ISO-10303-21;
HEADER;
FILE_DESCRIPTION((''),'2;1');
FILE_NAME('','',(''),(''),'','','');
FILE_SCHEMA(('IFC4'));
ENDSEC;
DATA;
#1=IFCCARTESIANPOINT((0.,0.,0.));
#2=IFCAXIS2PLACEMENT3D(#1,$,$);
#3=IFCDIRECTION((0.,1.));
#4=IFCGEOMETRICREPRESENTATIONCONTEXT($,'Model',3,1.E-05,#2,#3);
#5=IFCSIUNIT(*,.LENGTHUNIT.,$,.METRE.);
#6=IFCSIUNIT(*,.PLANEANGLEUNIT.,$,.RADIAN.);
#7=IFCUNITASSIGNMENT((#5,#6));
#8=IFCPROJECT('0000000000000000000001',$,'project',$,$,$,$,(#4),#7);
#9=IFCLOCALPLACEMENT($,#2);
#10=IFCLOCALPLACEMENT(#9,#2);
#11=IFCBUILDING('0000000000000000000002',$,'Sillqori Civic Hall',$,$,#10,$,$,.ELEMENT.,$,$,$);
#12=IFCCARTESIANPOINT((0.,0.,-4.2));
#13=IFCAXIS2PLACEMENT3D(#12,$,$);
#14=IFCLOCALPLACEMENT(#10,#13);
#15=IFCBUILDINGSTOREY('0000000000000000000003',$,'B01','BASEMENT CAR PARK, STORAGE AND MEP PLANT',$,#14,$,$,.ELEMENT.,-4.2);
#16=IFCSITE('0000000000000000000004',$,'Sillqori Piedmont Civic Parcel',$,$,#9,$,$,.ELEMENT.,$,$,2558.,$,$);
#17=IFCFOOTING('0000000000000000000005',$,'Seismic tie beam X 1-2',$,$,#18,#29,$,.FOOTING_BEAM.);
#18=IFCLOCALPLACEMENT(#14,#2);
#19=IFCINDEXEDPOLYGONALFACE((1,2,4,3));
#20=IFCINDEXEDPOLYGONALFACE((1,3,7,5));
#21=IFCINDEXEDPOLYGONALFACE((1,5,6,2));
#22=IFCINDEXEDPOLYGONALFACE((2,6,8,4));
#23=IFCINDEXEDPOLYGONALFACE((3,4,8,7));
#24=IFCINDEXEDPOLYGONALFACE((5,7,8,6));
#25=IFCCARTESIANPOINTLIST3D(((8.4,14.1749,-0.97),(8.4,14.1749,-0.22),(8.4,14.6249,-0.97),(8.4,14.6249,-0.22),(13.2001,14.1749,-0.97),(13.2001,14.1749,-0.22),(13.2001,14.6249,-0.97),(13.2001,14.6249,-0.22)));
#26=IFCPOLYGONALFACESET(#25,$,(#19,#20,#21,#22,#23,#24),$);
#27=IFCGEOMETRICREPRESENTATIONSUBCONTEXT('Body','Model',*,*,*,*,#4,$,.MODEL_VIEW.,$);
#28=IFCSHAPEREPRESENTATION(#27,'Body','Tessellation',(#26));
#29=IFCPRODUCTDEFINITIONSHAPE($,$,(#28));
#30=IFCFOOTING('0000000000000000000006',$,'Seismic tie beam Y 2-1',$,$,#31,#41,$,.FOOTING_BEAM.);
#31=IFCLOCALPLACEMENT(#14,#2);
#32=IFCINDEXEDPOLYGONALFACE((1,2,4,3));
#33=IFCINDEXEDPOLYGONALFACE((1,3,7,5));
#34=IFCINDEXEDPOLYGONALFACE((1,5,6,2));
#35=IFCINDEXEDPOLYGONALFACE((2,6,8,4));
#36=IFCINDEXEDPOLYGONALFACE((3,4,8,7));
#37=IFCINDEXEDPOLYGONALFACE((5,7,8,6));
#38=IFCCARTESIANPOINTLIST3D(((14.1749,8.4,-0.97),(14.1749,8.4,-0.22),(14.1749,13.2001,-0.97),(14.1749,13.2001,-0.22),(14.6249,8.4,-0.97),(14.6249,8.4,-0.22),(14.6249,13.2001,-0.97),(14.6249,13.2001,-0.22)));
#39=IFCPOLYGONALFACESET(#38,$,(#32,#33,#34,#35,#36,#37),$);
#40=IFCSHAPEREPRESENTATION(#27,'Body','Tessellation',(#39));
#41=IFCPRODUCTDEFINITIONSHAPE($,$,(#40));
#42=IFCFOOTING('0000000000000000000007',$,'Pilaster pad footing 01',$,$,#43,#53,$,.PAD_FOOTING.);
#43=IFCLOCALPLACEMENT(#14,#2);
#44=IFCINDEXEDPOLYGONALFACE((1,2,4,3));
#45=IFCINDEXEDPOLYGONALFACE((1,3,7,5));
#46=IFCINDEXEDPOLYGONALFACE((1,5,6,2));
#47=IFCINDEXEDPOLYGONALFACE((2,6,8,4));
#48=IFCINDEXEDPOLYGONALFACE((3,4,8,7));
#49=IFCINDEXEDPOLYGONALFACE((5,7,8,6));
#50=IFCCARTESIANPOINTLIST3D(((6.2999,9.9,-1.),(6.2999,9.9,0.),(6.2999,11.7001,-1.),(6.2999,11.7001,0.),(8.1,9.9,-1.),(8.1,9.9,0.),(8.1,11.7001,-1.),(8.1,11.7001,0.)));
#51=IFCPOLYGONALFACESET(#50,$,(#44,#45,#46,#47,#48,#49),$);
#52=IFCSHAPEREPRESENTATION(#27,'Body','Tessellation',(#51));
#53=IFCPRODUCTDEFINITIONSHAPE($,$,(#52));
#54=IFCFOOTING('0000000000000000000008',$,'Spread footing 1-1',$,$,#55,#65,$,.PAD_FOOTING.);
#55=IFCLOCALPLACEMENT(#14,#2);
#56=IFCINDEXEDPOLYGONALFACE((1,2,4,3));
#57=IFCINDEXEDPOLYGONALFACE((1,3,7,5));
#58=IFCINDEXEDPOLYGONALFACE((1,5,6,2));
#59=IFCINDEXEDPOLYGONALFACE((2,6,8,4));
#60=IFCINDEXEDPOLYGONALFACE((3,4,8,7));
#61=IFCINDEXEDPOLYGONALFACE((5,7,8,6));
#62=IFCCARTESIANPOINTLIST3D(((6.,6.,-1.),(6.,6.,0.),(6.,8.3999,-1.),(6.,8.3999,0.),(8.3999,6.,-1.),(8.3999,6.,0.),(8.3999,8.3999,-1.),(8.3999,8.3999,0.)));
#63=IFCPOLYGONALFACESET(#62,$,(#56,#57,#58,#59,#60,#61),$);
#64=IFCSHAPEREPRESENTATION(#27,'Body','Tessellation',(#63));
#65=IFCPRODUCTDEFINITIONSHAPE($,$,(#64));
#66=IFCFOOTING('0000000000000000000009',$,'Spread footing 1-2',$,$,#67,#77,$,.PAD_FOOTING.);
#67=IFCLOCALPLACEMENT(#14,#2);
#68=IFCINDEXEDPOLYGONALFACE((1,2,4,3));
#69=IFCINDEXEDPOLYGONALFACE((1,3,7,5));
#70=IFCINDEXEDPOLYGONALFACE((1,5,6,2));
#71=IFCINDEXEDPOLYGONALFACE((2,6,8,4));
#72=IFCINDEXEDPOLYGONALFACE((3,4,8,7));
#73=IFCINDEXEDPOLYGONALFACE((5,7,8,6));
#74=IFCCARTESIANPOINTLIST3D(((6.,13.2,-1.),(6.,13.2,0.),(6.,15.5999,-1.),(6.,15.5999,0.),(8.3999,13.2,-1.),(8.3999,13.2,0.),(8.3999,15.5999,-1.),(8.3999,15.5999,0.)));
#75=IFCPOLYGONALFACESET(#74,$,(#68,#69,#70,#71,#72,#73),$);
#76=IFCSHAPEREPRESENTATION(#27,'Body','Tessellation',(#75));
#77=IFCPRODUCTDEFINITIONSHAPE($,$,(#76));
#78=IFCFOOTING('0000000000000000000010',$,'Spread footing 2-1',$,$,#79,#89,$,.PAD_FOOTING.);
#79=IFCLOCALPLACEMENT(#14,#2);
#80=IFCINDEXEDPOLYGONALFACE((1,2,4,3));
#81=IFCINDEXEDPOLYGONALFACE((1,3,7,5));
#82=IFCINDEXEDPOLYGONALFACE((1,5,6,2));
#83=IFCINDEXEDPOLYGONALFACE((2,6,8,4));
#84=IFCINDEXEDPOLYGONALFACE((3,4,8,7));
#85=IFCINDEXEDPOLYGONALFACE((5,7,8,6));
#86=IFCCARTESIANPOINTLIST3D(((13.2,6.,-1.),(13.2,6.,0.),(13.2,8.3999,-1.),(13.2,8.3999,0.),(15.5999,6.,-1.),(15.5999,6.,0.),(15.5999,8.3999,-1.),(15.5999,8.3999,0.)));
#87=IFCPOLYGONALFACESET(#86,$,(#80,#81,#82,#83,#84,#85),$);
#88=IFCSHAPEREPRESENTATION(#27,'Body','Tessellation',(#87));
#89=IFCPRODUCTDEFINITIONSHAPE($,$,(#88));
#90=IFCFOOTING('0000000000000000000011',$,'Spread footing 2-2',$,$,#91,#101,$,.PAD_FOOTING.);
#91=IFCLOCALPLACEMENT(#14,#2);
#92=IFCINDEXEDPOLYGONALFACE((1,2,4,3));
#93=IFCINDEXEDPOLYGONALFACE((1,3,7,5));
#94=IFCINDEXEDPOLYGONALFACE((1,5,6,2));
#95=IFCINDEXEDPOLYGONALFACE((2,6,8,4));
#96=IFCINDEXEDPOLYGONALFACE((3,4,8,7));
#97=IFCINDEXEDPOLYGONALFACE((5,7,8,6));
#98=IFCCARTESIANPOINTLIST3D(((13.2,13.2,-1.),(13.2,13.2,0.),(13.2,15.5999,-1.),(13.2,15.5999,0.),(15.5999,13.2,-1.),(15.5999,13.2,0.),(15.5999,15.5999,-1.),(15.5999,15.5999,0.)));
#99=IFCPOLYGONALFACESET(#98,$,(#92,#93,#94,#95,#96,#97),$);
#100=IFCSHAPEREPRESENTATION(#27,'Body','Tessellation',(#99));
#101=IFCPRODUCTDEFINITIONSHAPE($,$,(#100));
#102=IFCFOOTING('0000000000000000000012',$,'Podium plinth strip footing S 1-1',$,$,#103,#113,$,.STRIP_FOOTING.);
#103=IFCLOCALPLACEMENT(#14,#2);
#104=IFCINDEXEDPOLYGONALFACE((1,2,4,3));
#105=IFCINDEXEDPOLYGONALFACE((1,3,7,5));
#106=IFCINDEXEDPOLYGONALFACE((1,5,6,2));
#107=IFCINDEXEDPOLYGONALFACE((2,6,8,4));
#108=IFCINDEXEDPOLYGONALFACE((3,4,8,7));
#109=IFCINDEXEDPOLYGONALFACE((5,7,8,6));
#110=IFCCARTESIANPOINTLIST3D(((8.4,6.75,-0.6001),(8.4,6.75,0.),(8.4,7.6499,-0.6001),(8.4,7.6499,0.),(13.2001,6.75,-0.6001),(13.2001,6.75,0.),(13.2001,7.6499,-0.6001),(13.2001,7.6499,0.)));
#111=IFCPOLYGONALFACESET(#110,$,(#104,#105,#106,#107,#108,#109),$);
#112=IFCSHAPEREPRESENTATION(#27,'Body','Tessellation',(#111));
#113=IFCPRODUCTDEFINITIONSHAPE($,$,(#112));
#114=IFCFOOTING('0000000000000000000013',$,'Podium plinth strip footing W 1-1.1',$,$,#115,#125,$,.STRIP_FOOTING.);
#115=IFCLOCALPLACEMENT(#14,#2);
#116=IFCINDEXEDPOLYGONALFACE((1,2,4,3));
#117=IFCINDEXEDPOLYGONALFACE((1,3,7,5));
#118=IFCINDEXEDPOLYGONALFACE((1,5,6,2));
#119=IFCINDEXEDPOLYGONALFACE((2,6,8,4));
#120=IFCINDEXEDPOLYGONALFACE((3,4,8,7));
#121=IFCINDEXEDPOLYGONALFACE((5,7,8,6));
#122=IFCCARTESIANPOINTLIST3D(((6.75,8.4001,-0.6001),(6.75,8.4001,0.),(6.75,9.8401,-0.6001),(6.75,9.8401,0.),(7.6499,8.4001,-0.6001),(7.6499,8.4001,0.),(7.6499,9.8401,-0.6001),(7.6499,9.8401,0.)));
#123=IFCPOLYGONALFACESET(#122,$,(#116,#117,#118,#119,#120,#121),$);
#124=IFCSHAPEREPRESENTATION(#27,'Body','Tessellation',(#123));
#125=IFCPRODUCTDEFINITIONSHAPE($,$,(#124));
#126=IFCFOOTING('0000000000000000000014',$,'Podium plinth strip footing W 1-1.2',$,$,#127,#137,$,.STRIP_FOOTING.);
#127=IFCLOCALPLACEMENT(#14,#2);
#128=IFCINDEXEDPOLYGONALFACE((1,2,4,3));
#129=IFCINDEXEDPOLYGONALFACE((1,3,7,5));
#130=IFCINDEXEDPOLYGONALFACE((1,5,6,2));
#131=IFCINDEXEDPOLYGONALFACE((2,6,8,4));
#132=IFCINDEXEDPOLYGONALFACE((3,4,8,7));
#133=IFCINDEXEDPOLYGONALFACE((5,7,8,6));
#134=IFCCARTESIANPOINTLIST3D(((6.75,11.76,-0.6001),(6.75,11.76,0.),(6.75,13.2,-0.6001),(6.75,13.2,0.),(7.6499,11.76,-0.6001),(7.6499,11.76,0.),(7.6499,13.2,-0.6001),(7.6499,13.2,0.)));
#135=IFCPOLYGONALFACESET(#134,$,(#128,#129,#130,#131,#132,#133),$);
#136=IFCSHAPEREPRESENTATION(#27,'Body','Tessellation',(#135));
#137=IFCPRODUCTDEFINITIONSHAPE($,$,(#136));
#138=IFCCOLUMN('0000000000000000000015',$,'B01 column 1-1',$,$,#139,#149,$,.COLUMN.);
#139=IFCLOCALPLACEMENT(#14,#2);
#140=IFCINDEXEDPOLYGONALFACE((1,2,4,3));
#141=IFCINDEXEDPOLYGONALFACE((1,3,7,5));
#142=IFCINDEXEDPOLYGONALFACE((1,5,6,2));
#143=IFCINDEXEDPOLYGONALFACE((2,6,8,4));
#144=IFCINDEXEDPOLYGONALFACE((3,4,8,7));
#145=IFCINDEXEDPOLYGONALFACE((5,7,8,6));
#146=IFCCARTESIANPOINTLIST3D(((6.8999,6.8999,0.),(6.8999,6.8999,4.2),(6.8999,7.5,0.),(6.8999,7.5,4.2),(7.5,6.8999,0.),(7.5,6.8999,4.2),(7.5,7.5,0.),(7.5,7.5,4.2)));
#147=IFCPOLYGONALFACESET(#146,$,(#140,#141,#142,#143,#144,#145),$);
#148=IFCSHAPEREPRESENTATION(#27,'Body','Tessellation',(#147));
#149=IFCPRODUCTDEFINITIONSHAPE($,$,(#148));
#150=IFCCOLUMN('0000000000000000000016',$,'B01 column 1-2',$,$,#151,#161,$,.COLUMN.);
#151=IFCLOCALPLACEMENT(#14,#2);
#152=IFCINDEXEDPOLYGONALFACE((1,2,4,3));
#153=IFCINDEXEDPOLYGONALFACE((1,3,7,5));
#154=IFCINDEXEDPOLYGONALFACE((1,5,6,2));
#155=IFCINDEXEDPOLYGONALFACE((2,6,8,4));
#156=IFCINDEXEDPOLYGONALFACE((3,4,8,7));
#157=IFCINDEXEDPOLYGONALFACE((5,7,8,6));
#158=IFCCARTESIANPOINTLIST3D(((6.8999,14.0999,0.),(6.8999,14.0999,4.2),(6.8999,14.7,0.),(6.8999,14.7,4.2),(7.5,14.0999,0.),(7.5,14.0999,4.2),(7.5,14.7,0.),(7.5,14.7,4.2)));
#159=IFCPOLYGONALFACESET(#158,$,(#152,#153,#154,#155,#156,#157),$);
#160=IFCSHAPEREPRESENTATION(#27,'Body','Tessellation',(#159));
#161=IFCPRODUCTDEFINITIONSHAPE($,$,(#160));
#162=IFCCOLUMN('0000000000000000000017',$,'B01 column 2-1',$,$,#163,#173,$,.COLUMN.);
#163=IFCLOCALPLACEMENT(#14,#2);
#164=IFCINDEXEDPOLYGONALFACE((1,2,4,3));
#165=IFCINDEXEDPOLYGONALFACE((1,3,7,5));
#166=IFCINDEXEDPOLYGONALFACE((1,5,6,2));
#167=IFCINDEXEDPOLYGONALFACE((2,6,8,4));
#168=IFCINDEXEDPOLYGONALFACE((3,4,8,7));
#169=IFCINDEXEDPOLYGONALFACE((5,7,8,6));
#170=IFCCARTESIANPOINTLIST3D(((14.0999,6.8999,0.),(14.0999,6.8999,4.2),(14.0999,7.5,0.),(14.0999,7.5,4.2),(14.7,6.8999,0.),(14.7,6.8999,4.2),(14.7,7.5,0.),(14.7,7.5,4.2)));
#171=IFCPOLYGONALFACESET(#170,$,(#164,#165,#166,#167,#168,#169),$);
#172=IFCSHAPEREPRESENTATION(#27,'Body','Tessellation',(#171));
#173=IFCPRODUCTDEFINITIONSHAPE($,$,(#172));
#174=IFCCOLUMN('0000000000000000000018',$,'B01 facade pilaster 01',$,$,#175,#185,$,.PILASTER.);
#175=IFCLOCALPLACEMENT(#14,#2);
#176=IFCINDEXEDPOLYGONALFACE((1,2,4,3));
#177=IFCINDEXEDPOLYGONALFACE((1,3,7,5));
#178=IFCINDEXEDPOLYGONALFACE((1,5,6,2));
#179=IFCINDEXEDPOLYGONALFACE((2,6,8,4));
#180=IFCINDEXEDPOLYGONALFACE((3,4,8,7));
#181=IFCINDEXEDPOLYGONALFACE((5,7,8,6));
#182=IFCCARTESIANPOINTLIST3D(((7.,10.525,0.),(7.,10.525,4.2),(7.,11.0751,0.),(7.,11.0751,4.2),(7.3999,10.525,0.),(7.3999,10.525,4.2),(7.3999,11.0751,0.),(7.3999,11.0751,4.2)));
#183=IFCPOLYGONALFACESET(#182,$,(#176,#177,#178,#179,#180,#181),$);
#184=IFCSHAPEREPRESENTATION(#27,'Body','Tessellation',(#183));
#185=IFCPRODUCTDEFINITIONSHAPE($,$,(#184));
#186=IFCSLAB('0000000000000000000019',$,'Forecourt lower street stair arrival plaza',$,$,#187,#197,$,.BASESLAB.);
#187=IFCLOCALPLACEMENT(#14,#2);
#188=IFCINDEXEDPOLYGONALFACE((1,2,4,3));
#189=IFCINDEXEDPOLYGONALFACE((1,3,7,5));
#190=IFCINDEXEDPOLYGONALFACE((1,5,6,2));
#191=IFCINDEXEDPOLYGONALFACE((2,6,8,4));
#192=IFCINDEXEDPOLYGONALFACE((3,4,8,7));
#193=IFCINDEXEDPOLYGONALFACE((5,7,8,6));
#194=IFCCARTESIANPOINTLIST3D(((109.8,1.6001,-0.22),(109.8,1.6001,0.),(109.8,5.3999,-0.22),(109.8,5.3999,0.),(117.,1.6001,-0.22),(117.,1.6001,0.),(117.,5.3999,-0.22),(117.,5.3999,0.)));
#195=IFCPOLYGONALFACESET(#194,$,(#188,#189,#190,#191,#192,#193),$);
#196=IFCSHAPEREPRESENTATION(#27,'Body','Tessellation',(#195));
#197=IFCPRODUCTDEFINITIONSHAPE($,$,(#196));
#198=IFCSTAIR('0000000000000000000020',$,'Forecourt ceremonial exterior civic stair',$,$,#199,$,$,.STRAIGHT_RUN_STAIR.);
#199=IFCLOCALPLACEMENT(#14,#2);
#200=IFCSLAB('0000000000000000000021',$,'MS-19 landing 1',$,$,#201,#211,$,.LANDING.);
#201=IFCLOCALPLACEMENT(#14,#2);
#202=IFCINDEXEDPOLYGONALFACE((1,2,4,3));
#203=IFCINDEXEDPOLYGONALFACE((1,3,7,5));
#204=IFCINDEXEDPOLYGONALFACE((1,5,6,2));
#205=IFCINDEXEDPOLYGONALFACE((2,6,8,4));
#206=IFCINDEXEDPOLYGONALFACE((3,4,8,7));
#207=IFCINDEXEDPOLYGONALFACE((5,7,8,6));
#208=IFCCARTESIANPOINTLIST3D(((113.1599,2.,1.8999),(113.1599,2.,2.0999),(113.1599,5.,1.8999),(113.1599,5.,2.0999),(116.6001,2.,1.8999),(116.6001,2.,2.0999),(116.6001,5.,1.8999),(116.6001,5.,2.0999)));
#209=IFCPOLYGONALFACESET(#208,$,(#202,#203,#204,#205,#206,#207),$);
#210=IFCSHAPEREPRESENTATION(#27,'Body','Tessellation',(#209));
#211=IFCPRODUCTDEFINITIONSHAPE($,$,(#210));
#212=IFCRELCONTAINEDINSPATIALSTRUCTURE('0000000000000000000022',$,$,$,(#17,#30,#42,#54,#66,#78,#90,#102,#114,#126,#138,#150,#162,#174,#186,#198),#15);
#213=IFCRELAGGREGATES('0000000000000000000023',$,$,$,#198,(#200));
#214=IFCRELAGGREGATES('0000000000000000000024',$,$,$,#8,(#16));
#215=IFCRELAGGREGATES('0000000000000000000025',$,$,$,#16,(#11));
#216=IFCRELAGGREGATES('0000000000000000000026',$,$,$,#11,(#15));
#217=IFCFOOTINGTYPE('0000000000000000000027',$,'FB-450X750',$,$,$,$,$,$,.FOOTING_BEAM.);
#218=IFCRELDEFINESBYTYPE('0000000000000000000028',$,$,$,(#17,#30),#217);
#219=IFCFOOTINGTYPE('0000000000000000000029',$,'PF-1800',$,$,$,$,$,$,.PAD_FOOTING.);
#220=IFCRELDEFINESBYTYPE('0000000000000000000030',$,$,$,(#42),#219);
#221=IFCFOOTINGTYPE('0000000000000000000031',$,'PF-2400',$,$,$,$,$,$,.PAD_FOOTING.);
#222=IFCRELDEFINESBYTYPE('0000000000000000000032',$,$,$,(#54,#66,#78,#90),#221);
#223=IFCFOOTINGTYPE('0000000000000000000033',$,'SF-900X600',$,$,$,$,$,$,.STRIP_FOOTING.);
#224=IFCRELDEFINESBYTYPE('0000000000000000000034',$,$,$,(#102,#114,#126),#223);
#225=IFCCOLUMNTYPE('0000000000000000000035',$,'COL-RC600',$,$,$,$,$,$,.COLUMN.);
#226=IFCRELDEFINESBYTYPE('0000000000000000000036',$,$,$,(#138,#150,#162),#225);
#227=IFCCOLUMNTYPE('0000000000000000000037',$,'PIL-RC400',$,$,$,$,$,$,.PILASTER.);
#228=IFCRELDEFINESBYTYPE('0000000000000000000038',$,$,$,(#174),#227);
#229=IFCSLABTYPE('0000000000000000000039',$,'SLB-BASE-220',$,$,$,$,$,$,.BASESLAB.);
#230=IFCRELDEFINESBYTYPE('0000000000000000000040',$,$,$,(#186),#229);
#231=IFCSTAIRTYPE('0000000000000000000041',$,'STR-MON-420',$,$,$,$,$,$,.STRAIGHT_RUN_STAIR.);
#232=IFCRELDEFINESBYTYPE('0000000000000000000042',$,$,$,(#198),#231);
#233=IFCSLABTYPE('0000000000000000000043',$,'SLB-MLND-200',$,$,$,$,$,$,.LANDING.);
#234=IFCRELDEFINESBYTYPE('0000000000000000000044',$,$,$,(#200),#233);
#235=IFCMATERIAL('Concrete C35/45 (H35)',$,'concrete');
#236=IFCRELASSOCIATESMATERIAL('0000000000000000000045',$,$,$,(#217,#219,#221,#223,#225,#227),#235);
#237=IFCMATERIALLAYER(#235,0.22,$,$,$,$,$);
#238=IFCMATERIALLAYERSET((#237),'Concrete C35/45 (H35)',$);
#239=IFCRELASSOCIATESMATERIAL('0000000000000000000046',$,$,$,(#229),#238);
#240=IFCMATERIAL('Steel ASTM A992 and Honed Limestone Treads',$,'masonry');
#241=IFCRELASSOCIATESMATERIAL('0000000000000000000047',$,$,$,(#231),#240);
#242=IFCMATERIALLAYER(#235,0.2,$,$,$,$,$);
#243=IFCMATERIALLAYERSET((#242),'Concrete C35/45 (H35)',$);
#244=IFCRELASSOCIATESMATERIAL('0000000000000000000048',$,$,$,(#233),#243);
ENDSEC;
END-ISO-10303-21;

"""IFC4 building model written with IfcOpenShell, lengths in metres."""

from ifc_helpers import new_model, si_unit, direction, frame, origin, origin_2d, place, context, subcontext, project, spatial, polyline, rectangle, outline, extrude, material, layer, layer_set, material_profile, profile_set, type_object, element, aggregate, save


model = new_model("IFC4")

# Units and contexts
model_context = context("Model", 3, precision=1e-05, world=origin(), true_north=direction((0.0, 1.0)))
body_context = subcontext(model_context, "Body", "Model", "MODEL_VIEW")
ifc_project = project(units=[si_unit("LENGTHUNIT", "METRE"), si_unit("PLANEANGLEUNIT", "RADIAN")], contexts=[model_context])

# Site, building, storey
site_placement = place(None, origin())
site = spatial("IfcSite", under=ifc_project, at=site_placement, Name="Sillqori Piedmont Civic Parcel", CompositionType="ELEMENT", RefElevation=2558.0)
building_placement = place(site_placement, origin())
building = spatial("IfcBuilding", under=site, at=building_placement, Name="Sillqori Civic Hall", CompositionType="ELEMENT")
storey_placement = place(building_placement, frame((0.0, 0.0, -4.2)))
storey = spatial("IfcBuildingStorey", under=building, at=storey_placement, Name="B01", Description="BASEMENT CAR PARK, STORAGE AND MEP PLANT", CompositionType="ELEMENT", Elevation=-4.2)

# Footings
ifc_material_1 = material(Name="Concrete C35/45 (H35)", Category="concrete")
footing_type_1 = type_object("IfcFootingType", Name="FB-450X750", PredefinedType="FOOTING_BEAM", material=ifc_material_1)
footing_1_placement = place(storey_placement, frame((10.8, 14.3999, -0.97), z_axis=(0.0, 0.0, 1.0), x_axis=(1.0, 0.0, 0.0)))
element("IfcFooting", 1, at=footing_1_placement, inside=storey, type_object=footing_type_1, Name="Seismic tie beam X 1-2", PredefinedType="FOOTING_BEAM", context=body_context, shape_type="SweptSolid", body=[
    extrude(rectangle(XDim=4.8, YDim=0.45, at=origin_2d()), origin(), (0.0, 0.0, 1.0), 0.75),
])
footing_2_placement = place(storey_placement, frame((14.3999, 10.8, -0.97), z_axis=(0.0, 0.0, 1.0), x_axis=(1.0, 0.0, 0.0)))
element("IfcFooting", 2, at=footing_2_placement, inside=storey, type_object=footing_type_1, Name="Seismic tie beam Y 2-1", PredefinedType="FOOTING_BEAM", context=body_context, shape_type="SweptSolid", body=[
    extrude(rectangle(XDim=0.45, YDim=4.8, at=origin_2d()), origin(), (0.0, 0.0, 1.0), 0.75),
])
footing_type_2 = type_object("IfcFootingType", Name="PF-1800", PredefinedType="PAD_FOOTING", material=ifc_material_1)
footing_3_placement = place(storey_placement, frame((7.2, 10.8, -1.0), z_axis=(0.0, 0.0, 1.0), x_axis=(1.0, 0.0, 0.0)))
element("IfcFooting", 3, at=footing_3_placement, inside=storey, type_object=footing_type_2, Name="Pilaster pad footing 01", PredefinedType="PAD_FOOTING", context=body_context, shape_type="SweptSolid", body=[
    extrude(rectangle(XDim=1.8, YDim=1.8, at=origin_2d()), origin(), (0.0, 0.0, 1.0), 1.0),
])
footing_type_3 = type_object("IfcFootingType", Name="PF-2400", PredefinedType="PAD_FOOTING", material=ifc_material_1)
for number, where, z_axis, x_axis, name in (
    (4, (7.2, 7.2, -1.0), (0.0, 0.0, 1.0), (1.0, 0.0, 0.0), "Spread footing 1-1"),
    (5, (7.2, 14.3999, -1.0), (0.0, 0.0, 1.0), (1.0, 0.0, 0.0), "Spread footing 1-2"),
    (6, (14.3999, 7.2, -1.0), (0.0, 0.0, 1.0), (1.0, 0.0, 0.0), "Spread footing 2-1"),
    (7, (14.3999, 14.3999, -1.0), (0.0, 0.0, 1.0), (1.0, 0.0, 0.0), "Spread footing 2-2"),
):
    element("IfcFooting", number, at=place(storey_placement, frame(where, z_axis=z_axis, x_axis=x_axis)), inside=storey, type_object=footing_type_3, Name=name, PredefinedType="PAD_FOOTING", context=body_context, shape_type="SweptSolid", body=[
        extrude(rectangle(XDim=2.3999, YDim=2.3999, at=origin_2d()), origin(), (0.0, 0.0, 1.0), 1.0),
    ])
footing_type_4 = type_object("IfcFootingType", Name="SF-900X600", PredefinedType="STRIP_FOOTING", material=ifc_material_1)
footing_4_placement = place(storey_placement, frame((10.8, 7.2, -0.6001), z_axis=(0.0, 0.0, 1.0), x_axis=(1.0, 0.0, 0.0)))
element("IfcFooting", 8, at=footing_4_placement, inside=storey, type_object=footing_type_4, Name="Podium plinth strip footing S 1-1", PredefinedType="STRIP_FOOTING", context=body_context, shape_type="SweptSolid", body=[
    extrude(rectangle(XDim=4.8, YDim=0.8999, at=origin_2d()), origin(), (0.0, 0.0, 1.0), 0.6001),
])
for number, where, z_axis, x_axis, name in (
    (9, (7.2, 9.1201, -0.6001), (0.0, 0.0, 1.0), (1.0, 0.0, 0.0), "Podium plinth strip footing W 1-1.1"),
    (10, (7.2, 12.48, -0.6001), (0.0, 0.0, 1.0), (1.0, 0.0, 0.0), "Podium plinth strip footing W 1-1.2"),
):
    element("IfcFooting", number, at=place(storey_placement, frame(where, z_axis=z_axis, x_axis=x_axis)), inside=storey, type_object=footing_type_4, Name=name, PredefinedType="STRIP_FOOTING", context=body_context, shape_type="SweptSolid", body=[
        extrude(rectangle(XDim=0.8999, YDim=1.4399, at=origin_2d()), origin(), (0.0, 0.0, 1.0), 0.6001),
    ])

# Columns
ifc_material_profile_1 = material_profile(ifc_material_1, rectangle(XDim=0.6001, YDim=0.6001, at=origin_2d()), Name="RC 600x600")
ifc_profile_set_1 = profile_set([ifc_material_profile_1], Name="Concrete C35/45 (H35)")
column_type_1 = type_object("IfcColumnType", Name="COL-RC600", PredefinedType="COLUMN", material=ifc_profile_set_1)
for number, where, z_axis, x_axis, name in (
    (11, (7.2, 7.2, 0.0), (0.0, 0.0, 1.0), (1.0, 0.0, 0.0), "B01 column 1-1"),
    (12, (7.2, 14.3999, 0.0), (0.0, 0.0, 1.0), (1.0, 0.0, 0.0), "B01 column 1-2"),
    (13, (14.3999, 7.2, 0.0), (0.0, 0.0, 1.0), (1.0, 0.0, 0.0), "B01 column 2-1"),
):
    element("IfcColumn", number, at=place(storey_placement, frame(where, z_axis=z_axis, x_axis=x_axis)), inside=storey, type_object=column_type_1, Name=name, PredefinedType="COLUMN", context=body_context, shape_type="SweptSolid", body=[
        extrude(rectangle(XDim=0.6001, YDim=0.6001, at=origin_2d()), origin(), (0.0, 0.0, 1.0), 4.2),
    ])
ifc_material_profile_2 = material_profile(ifc_material_1, rectangle(XDim=0.3999, YDim=0.55, at=origin_2d()), Name="RC 400x550")
ifc_profile_set_2 = profile_set([ifc_material_profile_2], Name="Concrete C35/45 (H35)")
column_type_2 = type_object("IfcColumnType", Name="PIL-RC400", PredefinedType="PILASTER", material=ifc_profile_set_2)
column_placement = place(storey_placement, frame((7.2, 10.8, 0.0), z_axis=(0.0, 0.0, 1.0), x_axis=(1.0, 0.0, 0.0)))
element("IfcColumn", 14, at=column_placement, inside=storey, type_object=column_type_2, Name="B01 facade pilaster 01", PredefinedType="PILASTER", context=body_context, shape_type="SweptSolid", body=[
    extrude(rectangle(XDim=0.3999, YDim=0.55, at=origin_2d()), origin(), (0.0, 0.0, 1.0), 4.2),
])

# Slab
ifc_layer_1 = layer(ifc_material_1, 0.22)
ifc_layer_set_1 = layer_set([ifc_layer_1], Name="Concrete C35/45 (H35)")
slab_type_1 = type_object("IfcSlabType", Name="SLB-BASE-220", PredefinedType="BASESLAB", material=ifc_layer_set_1)
slab_1_placement = place(storey_placement, frame((0.0, 0.0, -0.22)))
element("IfcSlab", 15, at=slab_1_placement, inside=storey, type_object=slab_type_1, Name="Forecourt lower street stair arrival plaza", PredefinedType="BASESLAB", context=body_context, shape_type="SweptSolid", body=[
    extrude(outline(polyline([(109.8, 1.6001), (117.0, 1.6001), (117.0, 5.3999), (109.8, 5.3999), (109.8, 1.6001)])), origin(), (0.0, 0.0, 1.0), 0.22),
])

# Stair, slab
ifc_material_2 = material(Name="Steel ASTM A992 and Honed Limestone Treads", Category="masonry")
stair_type = type_object("IfcStairType", Name="STR-MON-420", PredefinedType="STRAIGHT_RUN_STAIR", material=ifc_material_2)
stair_placement = place(storey_placement, origin())
stair = element("IfcStair", 16, at=stair_placement, inside=storey, type_object=stair_type, Name="Forecourt ceremonial exterior civic stair", PredefinedType="STRAIGHT_RUN_STAIR")
ifc_layer_2 = layer(ifc_material_1, 0.2)
ifc_layer_set_2 = layer_set([ifc_layer_2], Name="Concrete C35/45 (H35)")
slab_type_2 = type_object("IfcSlabType", Name="SLB-MLND-200", PredefinedType="LANDING", material=ifc_layer_set_2)
slab_2_placement = place(storey_placement, frame((0.0, 0.0, 1.8999)))
slab_2 = element("IfcSlab", 17, at=slab_2_placement, type_object=slab_type_2, Name="MS-19 landing 1", PredefinedType="LANDING", context=body_context, shape_type="SweptSolid", body=[
    extrude(outline(polyline([(113.1599, 2.0), (116.6001, 2.0), (116.6001, 5.0), (113.1599, 5.0), (113.1599, 2.0)])), origin(), (0.0, 0.0, 1.0), 0.2),
])
aggregate(stair, [slab_2])

save(model, "model.ifc")
